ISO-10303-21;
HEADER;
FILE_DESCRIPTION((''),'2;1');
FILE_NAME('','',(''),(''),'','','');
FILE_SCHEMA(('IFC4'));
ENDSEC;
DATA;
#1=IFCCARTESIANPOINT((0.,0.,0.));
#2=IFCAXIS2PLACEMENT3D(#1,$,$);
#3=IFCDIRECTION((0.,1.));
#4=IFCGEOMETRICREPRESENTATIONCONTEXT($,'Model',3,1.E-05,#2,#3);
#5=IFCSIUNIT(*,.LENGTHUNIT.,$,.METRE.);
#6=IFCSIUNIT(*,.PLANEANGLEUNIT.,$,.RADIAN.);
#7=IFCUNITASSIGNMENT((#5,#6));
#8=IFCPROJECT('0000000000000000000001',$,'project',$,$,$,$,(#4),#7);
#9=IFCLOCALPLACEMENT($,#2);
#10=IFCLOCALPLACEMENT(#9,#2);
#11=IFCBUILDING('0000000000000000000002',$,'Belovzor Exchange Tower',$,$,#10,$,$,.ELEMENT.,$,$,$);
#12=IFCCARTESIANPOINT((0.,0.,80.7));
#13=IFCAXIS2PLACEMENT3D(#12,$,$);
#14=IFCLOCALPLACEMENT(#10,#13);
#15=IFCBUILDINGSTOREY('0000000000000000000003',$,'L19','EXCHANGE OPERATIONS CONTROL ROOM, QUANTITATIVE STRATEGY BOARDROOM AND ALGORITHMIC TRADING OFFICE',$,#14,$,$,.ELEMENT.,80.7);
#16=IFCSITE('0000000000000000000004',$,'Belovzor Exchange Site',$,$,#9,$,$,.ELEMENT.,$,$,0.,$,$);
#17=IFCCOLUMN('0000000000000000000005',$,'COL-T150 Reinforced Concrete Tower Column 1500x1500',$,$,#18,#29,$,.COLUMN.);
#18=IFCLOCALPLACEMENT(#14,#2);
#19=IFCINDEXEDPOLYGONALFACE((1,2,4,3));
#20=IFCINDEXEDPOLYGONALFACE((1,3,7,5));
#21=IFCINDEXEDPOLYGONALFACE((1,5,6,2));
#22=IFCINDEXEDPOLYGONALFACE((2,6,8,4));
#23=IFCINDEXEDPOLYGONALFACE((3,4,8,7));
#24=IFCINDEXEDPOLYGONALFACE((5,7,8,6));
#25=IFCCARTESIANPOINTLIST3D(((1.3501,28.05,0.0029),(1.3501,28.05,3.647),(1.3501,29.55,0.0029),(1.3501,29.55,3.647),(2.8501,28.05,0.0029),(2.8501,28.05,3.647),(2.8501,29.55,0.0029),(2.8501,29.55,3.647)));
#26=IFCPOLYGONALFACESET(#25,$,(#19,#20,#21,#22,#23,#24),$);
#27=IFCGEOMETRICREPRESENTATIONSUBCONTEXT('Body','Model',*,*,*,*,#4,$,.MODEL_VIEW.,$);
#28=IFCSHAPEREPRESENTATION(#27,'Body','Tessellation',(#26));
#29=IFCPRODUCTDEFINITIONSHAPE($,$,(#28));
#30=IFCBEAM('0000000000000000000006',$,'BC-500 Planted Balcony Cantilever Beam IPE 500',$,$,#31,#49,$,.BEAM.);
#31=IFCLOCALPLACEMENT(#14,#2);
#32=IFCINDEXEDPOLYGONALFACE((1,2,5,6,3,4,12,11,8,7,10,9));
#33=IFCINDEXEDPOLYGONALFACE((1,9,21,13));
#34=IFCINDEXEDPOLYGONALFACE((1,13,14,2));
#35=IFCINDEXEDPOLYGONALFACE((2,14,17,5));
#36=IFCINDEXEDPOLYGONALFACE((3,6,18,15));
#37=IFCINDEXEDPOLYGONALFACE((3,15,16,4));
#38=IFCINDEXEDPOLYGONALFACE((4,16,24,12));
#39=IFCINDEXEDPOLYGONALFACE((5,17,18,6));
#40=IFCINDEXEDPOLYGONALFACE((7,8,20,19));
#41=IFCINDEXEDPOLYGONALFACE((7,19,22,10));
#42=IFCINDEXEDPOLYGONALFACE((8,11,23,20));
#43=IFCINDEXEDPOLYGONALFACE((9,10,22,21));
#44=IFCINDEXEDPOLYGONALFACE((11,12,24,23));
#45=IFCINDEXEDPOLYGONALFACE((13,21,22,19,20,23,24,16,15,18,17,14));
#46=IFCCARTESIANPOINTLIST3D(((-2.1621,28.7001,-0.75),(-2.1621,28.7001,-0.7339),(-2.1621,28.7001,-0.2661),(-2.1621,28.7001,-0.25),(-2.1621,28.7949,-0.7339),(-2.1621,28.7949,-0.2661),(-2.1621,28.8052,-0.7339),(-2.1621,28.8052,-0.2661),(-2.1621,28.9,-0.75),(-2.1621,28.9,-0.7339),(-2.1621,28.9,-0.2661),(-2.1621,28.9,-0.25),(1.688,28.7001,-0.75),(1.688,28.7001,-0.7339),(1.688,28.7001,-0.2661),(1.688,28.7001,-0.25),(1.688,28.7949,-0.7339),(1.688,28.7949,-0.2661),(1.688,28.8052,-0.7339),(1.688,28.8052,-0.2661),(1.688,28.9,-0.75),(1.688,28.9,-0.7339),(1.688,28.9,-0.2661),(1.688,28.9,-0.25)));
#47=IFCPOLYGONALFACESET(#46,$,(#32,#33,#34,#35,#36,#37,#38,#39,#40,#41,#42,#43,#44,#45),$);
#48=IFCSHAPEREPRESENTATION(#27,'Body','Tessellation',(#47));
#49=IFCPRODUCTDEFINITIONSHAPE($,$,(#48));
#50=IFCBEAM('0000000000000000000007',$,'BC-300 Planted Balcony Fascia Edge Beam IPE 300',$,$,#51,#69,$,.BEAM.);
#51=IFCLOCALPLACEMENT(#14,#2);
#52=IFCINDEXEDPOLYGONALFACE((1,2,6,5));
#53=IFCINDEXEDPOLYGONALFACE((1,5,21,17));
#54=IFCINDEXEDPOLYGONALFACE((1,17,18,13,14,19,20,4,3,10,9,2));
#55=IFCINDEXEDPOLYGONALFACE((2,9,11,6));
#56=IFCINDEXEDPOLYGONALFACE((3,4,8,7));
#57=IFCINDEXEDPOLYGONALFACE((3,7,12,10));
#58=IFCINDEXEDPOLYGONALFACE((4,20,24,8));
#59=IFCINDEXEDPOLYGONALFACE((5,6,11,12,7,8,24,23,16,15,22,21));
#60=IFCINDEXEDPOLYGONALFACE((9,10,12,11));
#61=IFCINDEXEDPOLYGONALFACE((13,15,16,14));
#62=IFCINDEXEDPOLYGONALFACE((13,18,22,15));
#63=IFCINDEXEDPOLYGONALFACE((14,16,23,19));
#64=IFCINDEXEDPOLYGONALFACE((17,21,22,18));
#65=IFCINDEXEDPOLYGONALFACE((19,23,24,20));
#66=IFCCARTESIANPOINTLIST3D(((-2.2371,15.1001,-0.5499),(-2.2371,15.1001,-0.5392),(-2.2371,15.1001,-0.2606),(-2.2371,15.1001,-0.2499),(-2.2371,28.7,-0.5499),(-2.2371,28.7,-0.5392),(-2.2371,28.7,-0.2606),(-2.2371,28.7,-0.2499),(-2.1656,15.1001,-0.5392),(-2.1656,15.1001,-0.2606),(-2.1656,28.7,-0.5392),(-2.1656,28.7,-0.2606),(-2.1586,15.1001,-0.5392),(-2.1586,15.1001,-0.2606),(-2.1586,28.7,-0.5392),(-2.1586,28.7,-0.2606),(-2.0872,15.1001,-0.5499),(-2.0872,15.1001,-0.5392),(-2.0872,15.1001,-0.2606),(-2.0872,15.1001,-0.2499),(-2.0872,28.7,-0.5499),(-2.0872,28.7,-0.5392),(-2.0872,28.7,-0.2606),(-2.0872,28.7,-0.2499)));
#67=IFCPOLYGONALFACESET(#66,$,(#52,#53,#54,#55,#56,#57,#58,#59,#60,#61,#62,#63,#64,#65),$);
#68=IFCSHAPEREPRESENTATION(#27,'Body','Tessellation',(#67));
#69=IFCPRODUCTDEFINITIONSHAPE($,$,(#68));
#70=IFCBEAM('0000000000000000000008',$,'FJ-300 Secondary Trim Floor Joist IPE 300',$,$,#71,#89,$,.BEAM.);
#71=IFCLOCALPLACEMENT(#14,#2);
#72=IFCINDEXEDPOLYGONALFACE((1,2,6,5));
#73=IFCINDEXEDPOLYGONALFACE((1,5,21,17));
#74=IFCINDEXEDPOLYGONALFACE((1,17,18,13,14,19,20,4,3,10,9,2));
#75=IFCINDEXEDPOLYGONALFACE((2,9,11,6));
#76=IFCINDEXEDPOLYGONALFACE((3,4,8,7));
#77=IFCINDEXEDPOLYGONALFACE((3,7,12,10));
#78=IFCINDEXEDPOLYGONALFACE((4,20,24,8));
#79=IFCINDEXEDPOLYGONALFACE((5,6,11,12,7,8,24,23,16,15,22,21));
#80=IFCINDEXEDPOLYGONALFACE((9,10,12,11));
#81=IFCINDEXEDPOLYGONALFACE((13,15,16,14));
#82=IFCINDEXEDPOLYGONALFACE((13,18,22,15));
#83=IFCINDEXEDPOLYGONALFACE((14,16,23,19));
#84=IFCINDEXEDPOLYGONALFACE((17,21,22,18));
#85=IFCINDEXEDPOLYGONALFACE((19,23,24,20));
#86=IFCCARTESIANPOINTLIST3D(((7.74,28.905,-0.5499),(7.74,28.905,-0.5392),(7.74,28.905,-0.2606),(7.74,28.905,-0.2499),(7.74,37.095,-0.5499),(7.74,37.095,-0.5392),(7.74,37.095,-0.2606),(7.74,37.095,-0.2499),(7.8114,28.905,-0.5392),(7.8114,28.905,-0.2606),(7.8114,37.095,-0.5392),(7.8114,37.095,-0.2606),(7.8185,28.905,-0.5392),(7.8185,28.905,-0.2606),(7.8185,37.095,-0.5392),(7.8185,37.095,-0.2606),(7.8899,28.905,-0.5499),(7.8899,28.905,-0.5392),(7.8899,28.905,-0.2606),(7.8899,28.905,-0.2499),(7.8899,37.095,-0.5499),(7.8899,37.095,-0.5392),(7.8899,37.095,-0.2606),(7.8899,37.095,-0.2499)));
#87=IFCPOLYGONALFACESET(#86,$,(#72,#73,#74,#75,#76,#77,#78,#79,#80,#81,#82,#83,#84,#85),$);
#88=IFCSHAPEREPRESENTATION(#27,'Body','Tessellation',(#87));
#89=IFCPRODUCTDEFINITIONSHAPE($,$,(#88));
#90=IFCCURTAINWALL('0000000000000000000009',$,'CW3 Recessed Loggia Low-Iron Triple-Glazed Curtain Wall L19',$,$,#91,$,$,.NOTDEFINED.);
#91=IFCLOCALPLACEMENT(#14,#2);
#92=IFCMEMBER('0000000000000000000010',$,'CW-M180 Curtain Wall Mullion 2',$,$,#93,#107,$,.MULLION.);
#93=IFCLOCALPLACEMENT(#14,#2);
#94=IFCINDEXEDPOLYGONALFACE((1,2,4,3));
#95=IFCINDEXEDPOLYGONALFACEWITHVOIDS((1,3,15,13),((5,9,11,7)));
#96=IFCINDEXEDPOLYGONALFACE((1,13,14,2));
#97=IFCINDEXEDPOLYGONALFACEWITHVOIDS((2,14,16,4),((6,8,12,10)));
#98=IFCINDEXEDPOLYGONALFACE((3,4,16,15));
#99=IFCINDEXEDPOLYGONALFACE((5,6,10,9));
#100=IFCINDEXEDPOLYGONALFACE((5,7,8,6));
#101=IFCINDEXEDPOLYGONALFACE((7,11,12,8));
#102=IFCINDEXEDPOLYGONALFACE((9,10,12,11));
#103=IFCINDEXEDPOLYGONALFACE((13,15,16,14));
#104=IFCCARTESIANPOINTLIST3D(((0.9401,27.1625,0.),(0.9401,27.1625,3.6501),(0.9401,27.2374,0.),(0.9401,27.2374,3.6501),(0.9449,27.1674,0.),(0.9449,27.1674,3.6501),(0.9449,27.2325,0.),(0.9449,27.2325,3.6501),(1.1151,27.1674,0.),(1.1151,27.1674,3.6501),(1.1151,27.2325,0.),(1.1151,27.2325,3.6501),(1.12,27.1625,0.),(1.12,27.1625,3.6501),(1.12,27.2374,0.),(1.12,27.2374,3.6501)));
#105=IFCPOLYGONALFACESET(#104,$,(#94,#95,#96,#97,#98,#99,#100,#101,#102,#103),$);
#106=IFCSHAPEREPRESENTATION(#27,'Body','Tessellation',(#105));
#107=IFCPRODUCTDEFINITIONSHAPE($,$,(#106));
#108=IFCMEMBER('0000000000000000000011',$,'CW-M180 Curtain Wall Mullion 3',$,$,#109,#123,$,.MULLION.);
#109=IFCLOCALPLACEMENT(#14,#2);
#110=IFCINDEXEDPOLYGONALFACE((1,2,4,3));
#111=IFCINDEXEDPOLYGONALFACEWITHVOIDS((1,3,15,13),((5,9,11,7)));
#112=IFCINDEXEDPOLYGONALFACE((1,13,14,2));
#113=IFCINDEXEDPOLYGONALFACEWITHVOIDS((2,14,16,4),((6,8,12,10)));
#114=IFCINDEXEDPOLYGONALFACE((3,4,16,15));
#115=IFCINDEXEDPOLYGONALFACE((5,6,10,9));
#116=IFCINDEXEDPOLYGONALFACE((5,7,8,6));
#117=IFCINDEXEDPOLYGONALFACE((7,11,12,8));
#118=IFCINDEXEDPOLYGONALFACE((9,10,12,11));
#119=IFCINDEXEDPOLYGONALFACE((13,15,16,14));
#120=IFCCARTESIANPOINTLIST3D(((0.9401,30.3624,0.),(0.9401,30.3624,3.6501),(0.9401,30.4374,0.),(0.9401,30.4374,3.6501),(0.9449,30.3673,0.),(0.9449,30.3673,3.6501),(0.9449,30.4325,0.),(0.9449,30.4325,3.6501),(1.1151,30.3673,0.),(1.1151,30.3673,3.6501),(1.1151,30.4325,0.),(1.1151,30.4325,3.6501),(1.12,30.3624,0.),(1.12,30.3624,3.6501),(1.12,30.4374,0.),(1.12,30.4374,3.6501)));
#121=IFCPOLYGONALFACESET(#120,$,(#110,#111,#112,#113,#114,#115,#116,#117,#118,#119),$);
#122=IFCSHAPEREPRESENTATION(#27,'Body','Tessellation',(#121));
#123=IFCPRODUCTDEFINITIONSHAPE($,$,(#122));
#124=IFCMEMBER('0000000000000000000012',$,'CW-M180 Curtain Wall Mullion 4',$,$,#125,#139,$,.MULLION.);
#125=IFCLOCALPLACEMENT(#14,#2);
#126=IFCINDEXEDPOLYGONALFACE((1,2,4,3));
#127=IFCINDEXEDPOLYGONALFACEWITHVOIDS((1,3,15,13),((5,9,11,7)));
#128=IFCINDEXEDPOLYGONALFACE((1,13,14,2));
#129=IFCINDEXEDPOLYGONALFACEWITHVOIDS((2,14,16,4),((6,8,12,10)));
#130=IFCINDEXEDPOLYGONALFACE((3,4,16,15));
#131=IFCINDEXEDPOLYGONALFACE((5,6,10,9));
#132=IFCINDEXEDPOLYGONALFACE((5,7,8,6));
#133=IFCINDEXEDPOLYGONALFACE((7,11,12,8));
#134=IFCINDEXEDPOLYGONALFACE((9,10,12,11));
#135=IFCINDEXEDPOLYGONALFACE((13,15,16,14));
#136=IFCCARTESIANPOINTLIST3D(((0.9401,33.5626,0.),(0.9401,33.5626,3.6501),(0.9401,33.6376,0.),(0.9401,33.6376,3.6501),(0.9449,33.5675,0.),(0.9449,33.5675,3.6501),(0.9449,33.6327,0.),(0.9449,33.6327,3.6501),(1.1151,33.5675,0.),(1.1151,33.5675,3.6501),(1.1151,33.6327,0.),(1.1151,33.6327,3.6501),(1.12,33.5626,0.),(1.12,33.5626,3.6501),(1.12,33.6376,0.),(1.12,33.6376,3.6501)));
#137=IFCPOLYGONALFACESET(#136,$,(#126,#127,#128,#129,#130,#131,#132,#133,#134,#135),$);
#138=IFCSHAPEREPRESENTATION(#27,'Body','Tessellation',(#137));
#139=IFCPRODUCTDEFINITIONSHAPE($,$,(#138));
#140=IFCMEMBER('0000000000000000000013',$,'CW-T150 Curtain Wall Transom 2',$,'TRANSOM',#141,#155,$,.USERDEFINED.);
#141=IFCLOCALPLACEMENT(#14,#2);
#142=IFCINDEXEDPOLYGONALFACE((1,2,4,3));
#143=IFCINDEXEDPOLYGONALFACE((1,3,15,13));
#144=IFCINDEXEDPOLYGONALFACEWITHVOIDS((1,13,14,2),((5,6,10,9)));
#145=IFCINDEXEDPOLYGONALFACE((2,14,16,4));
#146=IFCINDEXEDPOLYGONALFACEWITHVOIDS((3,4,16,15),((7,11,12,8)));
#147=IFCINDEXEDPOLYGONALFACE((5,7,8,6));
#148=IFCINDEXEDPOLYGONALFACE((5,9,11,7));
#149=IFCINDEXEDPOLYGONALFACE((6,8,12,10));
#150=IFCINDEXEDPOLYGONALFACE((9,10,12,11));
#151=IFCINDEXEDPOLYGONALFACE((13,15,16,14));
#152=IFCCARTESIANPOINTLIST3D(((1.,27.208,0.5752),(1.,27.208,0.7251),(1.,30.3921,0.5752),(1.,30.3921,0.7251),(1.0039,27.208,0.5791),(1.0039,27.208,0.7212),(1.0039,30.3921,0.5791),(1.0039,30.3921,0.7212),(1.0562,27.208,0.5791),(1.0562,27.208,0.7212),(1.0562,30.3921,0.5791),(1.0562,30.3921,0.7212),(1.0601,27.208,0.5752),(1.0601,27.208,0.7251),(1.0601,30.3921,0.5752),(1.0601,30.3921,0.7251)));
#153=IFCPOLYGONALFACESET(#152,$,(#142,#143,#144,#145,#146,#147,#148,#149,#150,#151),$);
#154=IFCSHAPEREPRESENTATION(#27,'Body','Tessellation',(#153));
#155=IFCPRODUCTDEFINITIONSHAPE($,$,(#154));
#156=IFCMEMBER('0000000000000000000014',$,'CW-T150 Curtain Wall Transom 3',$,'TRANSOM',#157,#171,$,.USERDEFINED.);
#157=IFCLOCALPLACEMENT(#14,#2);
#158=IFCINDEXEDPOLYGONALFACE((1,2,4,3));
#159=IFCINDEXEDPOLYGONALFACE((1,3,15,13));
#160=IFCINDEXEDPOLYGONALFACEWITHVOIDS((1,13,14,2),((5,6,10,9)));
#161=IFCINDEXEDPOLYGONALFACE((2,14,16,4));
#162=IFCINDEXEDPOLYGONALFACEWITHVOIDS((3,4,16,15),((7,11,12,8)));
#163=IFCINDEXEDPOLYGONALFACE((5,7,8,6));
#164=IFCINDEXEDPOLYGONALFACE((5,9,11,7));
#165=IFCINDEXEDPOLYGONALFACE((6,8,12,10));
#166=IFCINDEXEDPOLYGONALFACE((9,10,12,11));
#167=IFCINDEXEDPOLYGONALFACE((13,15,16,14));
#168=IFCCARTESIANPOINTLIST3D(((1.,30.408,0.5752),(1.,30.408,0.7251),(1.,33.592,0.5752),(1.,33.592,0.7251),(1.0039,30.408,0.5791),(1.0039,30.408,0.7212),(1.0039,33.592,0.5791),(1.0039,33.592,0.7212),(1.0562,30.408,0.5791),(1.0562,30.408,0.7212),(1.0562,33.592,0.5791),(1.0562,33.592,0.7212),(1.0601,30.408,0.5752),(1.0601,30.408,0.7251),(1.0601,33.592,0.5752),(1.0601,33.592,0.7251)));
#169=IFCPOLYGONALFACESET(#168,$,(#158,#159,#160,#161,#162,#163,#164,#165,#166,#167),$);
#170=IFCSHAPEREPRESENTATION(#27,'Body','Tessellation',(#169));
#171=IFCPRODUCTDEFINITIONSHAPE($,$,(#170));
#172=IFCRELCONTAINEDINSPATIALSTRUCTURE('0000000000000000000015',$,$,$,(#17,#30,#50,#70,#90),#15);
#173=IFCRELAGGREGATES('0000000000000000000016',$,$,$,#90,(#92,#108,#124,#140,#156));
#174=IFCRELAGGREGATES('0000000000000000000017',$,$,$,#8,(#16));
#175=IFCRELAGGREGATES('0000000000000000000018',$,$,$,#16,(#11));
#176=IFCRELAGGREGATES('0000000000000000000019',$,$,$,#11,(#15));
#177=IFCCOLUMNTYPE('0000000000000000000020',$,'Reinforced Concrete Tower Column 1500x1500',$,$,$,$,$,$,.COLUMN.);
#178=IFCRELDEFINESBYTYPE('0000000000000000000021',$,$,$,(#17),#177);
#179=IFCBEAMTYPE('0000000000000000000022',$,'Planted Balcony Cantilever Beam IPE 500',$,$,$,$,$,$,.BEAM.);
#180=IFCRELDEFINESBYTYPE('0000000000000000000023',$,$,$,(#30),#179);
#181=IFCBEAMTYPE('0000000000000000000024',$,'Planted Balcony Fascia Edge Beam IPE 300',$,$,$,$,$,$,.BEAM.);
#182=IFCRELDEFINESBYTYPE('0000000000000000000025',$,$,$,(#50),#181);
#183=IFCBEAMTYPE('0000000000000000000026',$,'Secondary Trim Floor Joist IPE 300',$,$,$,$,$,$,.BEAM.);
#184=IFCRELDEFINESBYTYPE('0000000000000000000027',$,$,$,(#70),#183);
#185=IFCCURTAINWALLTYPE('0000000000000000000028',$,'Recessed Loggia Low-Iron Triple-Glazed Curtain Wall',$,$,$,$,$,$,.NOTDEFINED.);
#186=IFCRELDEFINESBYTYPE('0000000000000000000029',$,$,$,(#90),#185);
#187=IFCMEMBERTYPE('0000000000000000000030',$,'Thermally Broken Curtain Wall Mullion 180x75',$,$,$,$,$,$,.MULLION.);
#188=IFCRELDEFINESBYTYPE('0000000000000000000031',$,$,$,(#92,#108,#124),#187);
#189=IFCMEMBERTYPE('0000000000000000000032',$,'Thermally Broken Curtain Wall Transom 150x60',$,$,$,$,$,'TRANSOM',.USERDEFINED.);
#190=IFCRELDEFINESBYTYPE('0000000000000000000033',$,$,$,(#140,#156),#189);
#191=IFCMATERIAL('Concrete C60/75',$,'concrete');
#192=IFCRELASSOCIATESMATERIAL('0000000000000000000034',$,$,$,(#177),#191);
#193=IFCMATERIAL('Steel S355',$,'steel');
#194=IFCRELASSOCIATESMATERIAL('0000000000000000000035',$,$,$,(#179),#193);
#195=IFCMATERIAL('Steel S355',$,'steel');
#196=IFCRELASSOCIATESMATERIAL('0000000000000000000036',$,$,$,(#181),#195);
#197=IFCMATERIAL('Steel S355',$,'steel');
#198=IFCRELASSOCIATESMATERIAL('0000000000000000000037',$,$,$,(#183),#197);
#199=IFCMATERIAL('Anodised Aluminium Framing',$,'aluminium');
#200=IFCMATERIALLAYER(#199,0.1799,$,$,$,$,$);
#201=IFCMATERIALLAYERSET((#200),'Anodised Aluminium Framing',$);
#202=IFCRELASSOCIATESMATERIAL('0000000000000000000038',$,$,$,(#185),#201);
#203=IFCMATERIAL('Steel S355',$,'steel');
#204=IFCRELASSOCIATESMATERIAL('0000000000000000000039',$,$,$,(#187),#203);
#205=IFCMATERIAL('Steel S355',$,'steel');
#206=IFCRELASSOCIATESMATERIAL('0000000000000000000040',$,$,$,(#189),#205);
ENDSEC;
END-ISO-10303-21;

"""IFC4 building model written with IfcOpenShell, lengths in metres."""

from ifc_helpers import new_model, si_unit, direction, frame, origin, origin_2d, place, context, subcontext, project, spatial, rectangle, hollow_rectangle, i_section, extrude, material, layer, layer_set, material_profile, profile_set, type_object, element, aggregate, save


model = new_model("IFC4")

# Units and contexts
model_context = context("Model", 3, precision=1e-05, world=origin(), true_north=direction((0.0, 1.0)))
body_context = subcontext(model_context, "Body", "Model", "MODEL_VIEW")
ifc_project = project(units=[si_unit("LENGTHUNIT", "METRE"), si_unit("PLANEANGLEUNIT", "RADIAN")], contexts=[model_context])

# Site, building, storey
site_placement = place(None, origin())
site = spatial("IfcSite", under=ifc_project, at=site_placement, Name="Belovzor Exchange Site", CompositionType="ELEMENT", RefElevation=0.0)
building_placement = place(site_placement, origin())
building = spatial("IfcBuilding", under=site, at=building_placement, Name="Belovzor Exchange Tower", CompositionType="ELEMENT")
storey_placement = place(building_placement, frame((0.0, 0.0, 80.7)))
storey = spatial("IfcBuildingStorey", under=building, at=storey_placement, Name="L19", Description="EXCHANGE OPERATIONS CONTROL ROOM, QUANTITATIVE STRATEGY BOARDROOM AND ALGORITHMIC TRADING OFFICE", CompositionType="ELEMENT", Elevation=80.7)

# Column
ifc_material_1 = material(Name="Concrete C60/75", Category="concrete")
ifc_material_profile_1 = material_profile(ifc_material_1, rectangle(XDim=1.5, YDim=1.5, at=origin_2d()))
ifc_profile_set_1 = profile_set([ifc_material_profile_1], Name="Concrete C60/75")
column_type = type_object("IfcColumnType", Name="Reinforced Concrete Tower Column 1500x1500", PredefinedType="COLUMN", material=ifc_profile_set_1)
column_placement = place(storey_placement, frame((2.1001, 28.8, 0.0029), z_axis=(0.0, 0.0, 1.0), x_axis=(1.0, 0.0, 0.0)))
element("IfcColumn", 1, at=column_placement, inside=storey, type_object=column_type, Name="COL-T150 Reinforced Concrete Tower Column 1500x1500", PredefinedType="COLUMN", context=body_context, shape_type="SweptSolid", body=[
    extrude(rectangle(XDim=1.5, YDim=1.5, at=origin_2d()), origin(), (0.0, 0.0, 1.0), 3.644),
])

# Beams
ifc_material_2 = material(Name="Steel S355", Category="steel")
ifc_material_profile_2 = material_profile(ifc_material_2, i_section(OverallWidth=0.2, OverallDepth=0.5, WebThickness=0.0103, FlangeThickness=0.0161, at=origin_2d()))
ifc_profile_set_2 = profile_set([ifc_material_profile_2], Name="Steel S355")
beam_type_1 = type_object("IfcBeamType", Name="Planted Balcony Cantilever Beam IPE 500", PredefinedType="BEAM", material=ifc_profile_set_2)
beam_1_placement = place(storey_placement, frame((1.688, 28.8, -0.5), z_axis=(-1.0, 0.0, 0.0), x_axis=(0.0, -1.0, 0.0)))
element("IfcBeam", 2, at=beam_1_placement, inside=storey, type_object=beam_type_1, Name="BC-500 Planted Balcony Cantilever Beam IPE 500", PredefinedType="BEAM", context=body_context, shape_type="SweptSolid", body=[
    extrude(i_section(OverallWidth=0.2, OverallDepth=0.5, WebThickness=0.0103, FlangeThickness=0.0161, at=origin_2d()), origin(), (0.0, 0.0, 1.0), 3.8501),
])
ifc_material_3 = material(Name="Steel S355", Category="steel")
ifc_material_profile_3 = material_profile(ifc_material_3, i_section(OverallWidth=0.1499, OverallDepth=0.3, WebThickness=0.0071, FlangeThickness=0.0107, at=origin_2d()))
ifc_profile_set_3 = profile_set([ifc_material_profile_3], Name="Steel S355")
beam_type_2 = type_object("IfcBeamType", Name="Planted Balcony Fascia Edge Beam IPE 300", PredefinedType="BEAM", material=ifc_profile_set_3)
beam_2_placement = place(storey_placement, frame((-2.1621, 28.7, -0.3999), z_axis=(0.0, -1.0, 0.0), x_axis=(1.0, 0.0, 0.0)))
element("IfcBeam", 3, at=beam_2_placement, inside=storey, type_object=beam_type_2, Name="BC-300 Planted Balcony Fascia Edge Beam IPE 300", PredefinedType="BEAM", context=body_context, shape_type="SweptSolid", body=[
    extrude(i_section(OverallWidth=0.1499, OverallDepth=0.3, WebThickness=0.0071, FlangeThickness=0.0107, at=origin_2d()), origin(), (0.0, 0.0, 1.0), 13.5999),
])
ifc_material_4 = material(Name="Steel S355", Category="steel")
ifc_material_profile_4 = material_profile(ifc_material_4, i_section(OverallWidth=0.1499, OverallDepth=0.3, WebThickness=0.0071, FlangeThickness=0.0107, at=origin_2d()))
ifc_profile_set_4 = profile_set([ifc_material_profile_4], Name="Steel S355")
beam_type_3 = type_object("IfcBeamType", Name="Secondary Trim Floor Joist IPE 300", PredefinedType="BEAM", material=ifc_profile_set_4)
beam_3_placement = place(storey_placement, frame((7.8149, 28.905, -0.3999), z_axis=(0.0, 1.0, 0.0), x_axis=(-1.0, 0.0, 0.0)))
element("IfcBeam", 4, at=beam_3_placement, inside=storey, type_object=beam_type_3, Name="FJ-300 Secondary Trim Floor Joist IPE 300", PredefinedType="BEAM", context=body_context, shape_type="SweptSolid", body=[
    extrude(i_section(OverallWidth=0.1499, OverallDepth=0.3, WebThickness=0.0071, FlangeThickness=0.0107, at=origin_2d()), origin(), (0.0, 0.0, 1.0), 8.1899),
])

# Curtain wall, members
ifc_material_5 = material(Name="Anodised Aluminium Framing", Category="aluminium")
ifc_layer_1 = layer(ifc_material_5, 0.1799)
ifc_layer_set_1 = layer_set([ifc_layer_1], Name="Anodised Aluminium Framing")
curtain_wall_type = type_object("IfcCurtainWallType", Name="Recessed Loggia Low-Iron Triple-Glazed Curtain Wall", PredefinedType="NOTDEFINED", material=ifc_layer_set_1)
curtain_wall_placement = place(storey_placement, origin())
curtain_wall = element("IfcCurtainWall", 5, at=curtain_wall_placement, inside=storey, type_object=curtain_wall_type, Name="CW3 Recessed Loggia Low-Iron Triple-Glazed Curtain Wall L19", PredefinedType="NOTDEFINED")
ifc_material_6 = material(Name="Steel S355", Category="steel")
ifc_material_profile_5 = material_profile(ifc_material_6, hollow_rectangle(XDim=0.075, YDim=0.1799, WallThickness=0.0049, at=origin_2d()))
ifc_profile_set_5 = profile_set([ifc_material_profile_5], Name="Steel S355")
member_type_1 = type_object("IfcMemberType", Name="Thermally Broken Curtain Wall Mullion 180x75", PredefinedType="MULLION", material=ifc_profile_set_5)
member_1_placement = place(storey_placement, frame((1.03, 27.2, 0.0), z_axis=(0.0, 0.0, 1.0), x_axis=(0.0, 1.0, 0.0)))
member_1 = element("IfcMember", 6, at=member_1_placement, type_object=member_type_1, Name="CW-M180 Curtain Wall Mullion 2", PredefinedType="MULLION", context=body_context, shape_type="SweptSolid", body=[
    extrude(hollow_rectangle(XDim=0.075, YDim=0.1799, WallThickness=0.0049, at=origin_2d()), origin(), (0.0, 0.0, 1.0), 3.6501),
])
member_2_placement = place(storey_placement, frame((1.03, 30.3999, 0.0), z_axis=(0.0, 0.0, 1.0), x_axis=(0.0, 1.0, 0.0)))
member_2 = element("IfcMember", 7, at=member_2_placement, type_object=member_type_1, Name="CW-M180 Curtain Wall Mullion 3", PredefinedType="MULLION", context=body_context, shape_type="SweptSolid", body=[
    extrude(hollow_rectangle(XDim=0.075, YDim=0.1799, WallThickness=0.0049, at=origin_2d()), origin(), (0.0, 0.0, 1.0), 3.6501),
])
member_3_placement = place(storey_placement, frame((1.03, 33.6001, 0.0), z_axis=(0.0, 0.0, 1.0), x_axis=(0.0, 1.0, 0.0)))
member_3 = element("IfcMember", 8, at=member_3_placement, type_object=member_type_1, Name="CW-M180 Curtain Wall Mullion 4", PredefinedType="MULLION", context=body_context, shape_type="SweptSolid", body=[
    extrude(hollow_rectangle(XDim=0.075, YDim=0.1799, WallThickness=0.0049, at=origin_2d()), origin(), (0.0, 0.0, 1.0), 3.6501),
])
ifc_material_7 = material(Name="Steel S355", Category="steel")
ifc_material_profile_6 = material_profile(ifc_material_7, hollow_rectangle(XDim=0.0601, YDim=0.1499, WallThickness=0.0039, at=origin_2d()))
ifc_profile_set_6 = profile_set([ifc_material_profile_6], Name="Steel S355")
member_type_2 = type_object("IfcMemberType", Name="Thermally Broken Curtain Wall Transom 150x60", ElementType="TRANSOM", PredefinedType="USERDEFINED", material=ifc_profile_set_6)
member_4_placement = place(storey_placement, frame((1.03, 27.208, 0.6501), z_axis=(0.0, 1.0, 0.0), x_axis=(-1.0, 0.0, 0.0)))
member_4 = element("IfcMember", 9, at=member_4_placement, type_object=member_type_2, Name="CW-T150 Curtain Wall Transom 2", ObjectType="TRANSOM", PredefinedType="USERDEFINED", context=body_context, shape_type="SweptSolid", body=[
    extrude(hollow_rectangle(XDim=0.0601, YDim=0.1499, WallThickness=0.0039, at=origin_2d()), origin(), (0.0, 0.0, 1.0), 3.1841),
])
member_5_placement = place(storey_placement, frame((1.03, 30.408, 0.6501), z_axis=(0.0, 1.0, 0.0), x_axis=(-1.0, 0.0, 0.0)))
member_5 = element("IfcMember", 10, at=member_5_placement, type_object=member_type_2, Name="CW-T150 Curtain Wall Transom 3", ObjectType="TRANSOM", PredefinedType="USERDEFINED", context=body_context, shape_type="SweptSolid", body=[
    extrude(hollow_rectangle(XDim=0.0601, YDim=0.1499, WallThickness=0.0039, at=origin_2d()), origin(), (0.0, 0.0, 1.0), 3.1841),
])

aggregate(curtain_wall, [member_1, member_2, member_3, member_4, member_5])

save(model, "model.ifc")
